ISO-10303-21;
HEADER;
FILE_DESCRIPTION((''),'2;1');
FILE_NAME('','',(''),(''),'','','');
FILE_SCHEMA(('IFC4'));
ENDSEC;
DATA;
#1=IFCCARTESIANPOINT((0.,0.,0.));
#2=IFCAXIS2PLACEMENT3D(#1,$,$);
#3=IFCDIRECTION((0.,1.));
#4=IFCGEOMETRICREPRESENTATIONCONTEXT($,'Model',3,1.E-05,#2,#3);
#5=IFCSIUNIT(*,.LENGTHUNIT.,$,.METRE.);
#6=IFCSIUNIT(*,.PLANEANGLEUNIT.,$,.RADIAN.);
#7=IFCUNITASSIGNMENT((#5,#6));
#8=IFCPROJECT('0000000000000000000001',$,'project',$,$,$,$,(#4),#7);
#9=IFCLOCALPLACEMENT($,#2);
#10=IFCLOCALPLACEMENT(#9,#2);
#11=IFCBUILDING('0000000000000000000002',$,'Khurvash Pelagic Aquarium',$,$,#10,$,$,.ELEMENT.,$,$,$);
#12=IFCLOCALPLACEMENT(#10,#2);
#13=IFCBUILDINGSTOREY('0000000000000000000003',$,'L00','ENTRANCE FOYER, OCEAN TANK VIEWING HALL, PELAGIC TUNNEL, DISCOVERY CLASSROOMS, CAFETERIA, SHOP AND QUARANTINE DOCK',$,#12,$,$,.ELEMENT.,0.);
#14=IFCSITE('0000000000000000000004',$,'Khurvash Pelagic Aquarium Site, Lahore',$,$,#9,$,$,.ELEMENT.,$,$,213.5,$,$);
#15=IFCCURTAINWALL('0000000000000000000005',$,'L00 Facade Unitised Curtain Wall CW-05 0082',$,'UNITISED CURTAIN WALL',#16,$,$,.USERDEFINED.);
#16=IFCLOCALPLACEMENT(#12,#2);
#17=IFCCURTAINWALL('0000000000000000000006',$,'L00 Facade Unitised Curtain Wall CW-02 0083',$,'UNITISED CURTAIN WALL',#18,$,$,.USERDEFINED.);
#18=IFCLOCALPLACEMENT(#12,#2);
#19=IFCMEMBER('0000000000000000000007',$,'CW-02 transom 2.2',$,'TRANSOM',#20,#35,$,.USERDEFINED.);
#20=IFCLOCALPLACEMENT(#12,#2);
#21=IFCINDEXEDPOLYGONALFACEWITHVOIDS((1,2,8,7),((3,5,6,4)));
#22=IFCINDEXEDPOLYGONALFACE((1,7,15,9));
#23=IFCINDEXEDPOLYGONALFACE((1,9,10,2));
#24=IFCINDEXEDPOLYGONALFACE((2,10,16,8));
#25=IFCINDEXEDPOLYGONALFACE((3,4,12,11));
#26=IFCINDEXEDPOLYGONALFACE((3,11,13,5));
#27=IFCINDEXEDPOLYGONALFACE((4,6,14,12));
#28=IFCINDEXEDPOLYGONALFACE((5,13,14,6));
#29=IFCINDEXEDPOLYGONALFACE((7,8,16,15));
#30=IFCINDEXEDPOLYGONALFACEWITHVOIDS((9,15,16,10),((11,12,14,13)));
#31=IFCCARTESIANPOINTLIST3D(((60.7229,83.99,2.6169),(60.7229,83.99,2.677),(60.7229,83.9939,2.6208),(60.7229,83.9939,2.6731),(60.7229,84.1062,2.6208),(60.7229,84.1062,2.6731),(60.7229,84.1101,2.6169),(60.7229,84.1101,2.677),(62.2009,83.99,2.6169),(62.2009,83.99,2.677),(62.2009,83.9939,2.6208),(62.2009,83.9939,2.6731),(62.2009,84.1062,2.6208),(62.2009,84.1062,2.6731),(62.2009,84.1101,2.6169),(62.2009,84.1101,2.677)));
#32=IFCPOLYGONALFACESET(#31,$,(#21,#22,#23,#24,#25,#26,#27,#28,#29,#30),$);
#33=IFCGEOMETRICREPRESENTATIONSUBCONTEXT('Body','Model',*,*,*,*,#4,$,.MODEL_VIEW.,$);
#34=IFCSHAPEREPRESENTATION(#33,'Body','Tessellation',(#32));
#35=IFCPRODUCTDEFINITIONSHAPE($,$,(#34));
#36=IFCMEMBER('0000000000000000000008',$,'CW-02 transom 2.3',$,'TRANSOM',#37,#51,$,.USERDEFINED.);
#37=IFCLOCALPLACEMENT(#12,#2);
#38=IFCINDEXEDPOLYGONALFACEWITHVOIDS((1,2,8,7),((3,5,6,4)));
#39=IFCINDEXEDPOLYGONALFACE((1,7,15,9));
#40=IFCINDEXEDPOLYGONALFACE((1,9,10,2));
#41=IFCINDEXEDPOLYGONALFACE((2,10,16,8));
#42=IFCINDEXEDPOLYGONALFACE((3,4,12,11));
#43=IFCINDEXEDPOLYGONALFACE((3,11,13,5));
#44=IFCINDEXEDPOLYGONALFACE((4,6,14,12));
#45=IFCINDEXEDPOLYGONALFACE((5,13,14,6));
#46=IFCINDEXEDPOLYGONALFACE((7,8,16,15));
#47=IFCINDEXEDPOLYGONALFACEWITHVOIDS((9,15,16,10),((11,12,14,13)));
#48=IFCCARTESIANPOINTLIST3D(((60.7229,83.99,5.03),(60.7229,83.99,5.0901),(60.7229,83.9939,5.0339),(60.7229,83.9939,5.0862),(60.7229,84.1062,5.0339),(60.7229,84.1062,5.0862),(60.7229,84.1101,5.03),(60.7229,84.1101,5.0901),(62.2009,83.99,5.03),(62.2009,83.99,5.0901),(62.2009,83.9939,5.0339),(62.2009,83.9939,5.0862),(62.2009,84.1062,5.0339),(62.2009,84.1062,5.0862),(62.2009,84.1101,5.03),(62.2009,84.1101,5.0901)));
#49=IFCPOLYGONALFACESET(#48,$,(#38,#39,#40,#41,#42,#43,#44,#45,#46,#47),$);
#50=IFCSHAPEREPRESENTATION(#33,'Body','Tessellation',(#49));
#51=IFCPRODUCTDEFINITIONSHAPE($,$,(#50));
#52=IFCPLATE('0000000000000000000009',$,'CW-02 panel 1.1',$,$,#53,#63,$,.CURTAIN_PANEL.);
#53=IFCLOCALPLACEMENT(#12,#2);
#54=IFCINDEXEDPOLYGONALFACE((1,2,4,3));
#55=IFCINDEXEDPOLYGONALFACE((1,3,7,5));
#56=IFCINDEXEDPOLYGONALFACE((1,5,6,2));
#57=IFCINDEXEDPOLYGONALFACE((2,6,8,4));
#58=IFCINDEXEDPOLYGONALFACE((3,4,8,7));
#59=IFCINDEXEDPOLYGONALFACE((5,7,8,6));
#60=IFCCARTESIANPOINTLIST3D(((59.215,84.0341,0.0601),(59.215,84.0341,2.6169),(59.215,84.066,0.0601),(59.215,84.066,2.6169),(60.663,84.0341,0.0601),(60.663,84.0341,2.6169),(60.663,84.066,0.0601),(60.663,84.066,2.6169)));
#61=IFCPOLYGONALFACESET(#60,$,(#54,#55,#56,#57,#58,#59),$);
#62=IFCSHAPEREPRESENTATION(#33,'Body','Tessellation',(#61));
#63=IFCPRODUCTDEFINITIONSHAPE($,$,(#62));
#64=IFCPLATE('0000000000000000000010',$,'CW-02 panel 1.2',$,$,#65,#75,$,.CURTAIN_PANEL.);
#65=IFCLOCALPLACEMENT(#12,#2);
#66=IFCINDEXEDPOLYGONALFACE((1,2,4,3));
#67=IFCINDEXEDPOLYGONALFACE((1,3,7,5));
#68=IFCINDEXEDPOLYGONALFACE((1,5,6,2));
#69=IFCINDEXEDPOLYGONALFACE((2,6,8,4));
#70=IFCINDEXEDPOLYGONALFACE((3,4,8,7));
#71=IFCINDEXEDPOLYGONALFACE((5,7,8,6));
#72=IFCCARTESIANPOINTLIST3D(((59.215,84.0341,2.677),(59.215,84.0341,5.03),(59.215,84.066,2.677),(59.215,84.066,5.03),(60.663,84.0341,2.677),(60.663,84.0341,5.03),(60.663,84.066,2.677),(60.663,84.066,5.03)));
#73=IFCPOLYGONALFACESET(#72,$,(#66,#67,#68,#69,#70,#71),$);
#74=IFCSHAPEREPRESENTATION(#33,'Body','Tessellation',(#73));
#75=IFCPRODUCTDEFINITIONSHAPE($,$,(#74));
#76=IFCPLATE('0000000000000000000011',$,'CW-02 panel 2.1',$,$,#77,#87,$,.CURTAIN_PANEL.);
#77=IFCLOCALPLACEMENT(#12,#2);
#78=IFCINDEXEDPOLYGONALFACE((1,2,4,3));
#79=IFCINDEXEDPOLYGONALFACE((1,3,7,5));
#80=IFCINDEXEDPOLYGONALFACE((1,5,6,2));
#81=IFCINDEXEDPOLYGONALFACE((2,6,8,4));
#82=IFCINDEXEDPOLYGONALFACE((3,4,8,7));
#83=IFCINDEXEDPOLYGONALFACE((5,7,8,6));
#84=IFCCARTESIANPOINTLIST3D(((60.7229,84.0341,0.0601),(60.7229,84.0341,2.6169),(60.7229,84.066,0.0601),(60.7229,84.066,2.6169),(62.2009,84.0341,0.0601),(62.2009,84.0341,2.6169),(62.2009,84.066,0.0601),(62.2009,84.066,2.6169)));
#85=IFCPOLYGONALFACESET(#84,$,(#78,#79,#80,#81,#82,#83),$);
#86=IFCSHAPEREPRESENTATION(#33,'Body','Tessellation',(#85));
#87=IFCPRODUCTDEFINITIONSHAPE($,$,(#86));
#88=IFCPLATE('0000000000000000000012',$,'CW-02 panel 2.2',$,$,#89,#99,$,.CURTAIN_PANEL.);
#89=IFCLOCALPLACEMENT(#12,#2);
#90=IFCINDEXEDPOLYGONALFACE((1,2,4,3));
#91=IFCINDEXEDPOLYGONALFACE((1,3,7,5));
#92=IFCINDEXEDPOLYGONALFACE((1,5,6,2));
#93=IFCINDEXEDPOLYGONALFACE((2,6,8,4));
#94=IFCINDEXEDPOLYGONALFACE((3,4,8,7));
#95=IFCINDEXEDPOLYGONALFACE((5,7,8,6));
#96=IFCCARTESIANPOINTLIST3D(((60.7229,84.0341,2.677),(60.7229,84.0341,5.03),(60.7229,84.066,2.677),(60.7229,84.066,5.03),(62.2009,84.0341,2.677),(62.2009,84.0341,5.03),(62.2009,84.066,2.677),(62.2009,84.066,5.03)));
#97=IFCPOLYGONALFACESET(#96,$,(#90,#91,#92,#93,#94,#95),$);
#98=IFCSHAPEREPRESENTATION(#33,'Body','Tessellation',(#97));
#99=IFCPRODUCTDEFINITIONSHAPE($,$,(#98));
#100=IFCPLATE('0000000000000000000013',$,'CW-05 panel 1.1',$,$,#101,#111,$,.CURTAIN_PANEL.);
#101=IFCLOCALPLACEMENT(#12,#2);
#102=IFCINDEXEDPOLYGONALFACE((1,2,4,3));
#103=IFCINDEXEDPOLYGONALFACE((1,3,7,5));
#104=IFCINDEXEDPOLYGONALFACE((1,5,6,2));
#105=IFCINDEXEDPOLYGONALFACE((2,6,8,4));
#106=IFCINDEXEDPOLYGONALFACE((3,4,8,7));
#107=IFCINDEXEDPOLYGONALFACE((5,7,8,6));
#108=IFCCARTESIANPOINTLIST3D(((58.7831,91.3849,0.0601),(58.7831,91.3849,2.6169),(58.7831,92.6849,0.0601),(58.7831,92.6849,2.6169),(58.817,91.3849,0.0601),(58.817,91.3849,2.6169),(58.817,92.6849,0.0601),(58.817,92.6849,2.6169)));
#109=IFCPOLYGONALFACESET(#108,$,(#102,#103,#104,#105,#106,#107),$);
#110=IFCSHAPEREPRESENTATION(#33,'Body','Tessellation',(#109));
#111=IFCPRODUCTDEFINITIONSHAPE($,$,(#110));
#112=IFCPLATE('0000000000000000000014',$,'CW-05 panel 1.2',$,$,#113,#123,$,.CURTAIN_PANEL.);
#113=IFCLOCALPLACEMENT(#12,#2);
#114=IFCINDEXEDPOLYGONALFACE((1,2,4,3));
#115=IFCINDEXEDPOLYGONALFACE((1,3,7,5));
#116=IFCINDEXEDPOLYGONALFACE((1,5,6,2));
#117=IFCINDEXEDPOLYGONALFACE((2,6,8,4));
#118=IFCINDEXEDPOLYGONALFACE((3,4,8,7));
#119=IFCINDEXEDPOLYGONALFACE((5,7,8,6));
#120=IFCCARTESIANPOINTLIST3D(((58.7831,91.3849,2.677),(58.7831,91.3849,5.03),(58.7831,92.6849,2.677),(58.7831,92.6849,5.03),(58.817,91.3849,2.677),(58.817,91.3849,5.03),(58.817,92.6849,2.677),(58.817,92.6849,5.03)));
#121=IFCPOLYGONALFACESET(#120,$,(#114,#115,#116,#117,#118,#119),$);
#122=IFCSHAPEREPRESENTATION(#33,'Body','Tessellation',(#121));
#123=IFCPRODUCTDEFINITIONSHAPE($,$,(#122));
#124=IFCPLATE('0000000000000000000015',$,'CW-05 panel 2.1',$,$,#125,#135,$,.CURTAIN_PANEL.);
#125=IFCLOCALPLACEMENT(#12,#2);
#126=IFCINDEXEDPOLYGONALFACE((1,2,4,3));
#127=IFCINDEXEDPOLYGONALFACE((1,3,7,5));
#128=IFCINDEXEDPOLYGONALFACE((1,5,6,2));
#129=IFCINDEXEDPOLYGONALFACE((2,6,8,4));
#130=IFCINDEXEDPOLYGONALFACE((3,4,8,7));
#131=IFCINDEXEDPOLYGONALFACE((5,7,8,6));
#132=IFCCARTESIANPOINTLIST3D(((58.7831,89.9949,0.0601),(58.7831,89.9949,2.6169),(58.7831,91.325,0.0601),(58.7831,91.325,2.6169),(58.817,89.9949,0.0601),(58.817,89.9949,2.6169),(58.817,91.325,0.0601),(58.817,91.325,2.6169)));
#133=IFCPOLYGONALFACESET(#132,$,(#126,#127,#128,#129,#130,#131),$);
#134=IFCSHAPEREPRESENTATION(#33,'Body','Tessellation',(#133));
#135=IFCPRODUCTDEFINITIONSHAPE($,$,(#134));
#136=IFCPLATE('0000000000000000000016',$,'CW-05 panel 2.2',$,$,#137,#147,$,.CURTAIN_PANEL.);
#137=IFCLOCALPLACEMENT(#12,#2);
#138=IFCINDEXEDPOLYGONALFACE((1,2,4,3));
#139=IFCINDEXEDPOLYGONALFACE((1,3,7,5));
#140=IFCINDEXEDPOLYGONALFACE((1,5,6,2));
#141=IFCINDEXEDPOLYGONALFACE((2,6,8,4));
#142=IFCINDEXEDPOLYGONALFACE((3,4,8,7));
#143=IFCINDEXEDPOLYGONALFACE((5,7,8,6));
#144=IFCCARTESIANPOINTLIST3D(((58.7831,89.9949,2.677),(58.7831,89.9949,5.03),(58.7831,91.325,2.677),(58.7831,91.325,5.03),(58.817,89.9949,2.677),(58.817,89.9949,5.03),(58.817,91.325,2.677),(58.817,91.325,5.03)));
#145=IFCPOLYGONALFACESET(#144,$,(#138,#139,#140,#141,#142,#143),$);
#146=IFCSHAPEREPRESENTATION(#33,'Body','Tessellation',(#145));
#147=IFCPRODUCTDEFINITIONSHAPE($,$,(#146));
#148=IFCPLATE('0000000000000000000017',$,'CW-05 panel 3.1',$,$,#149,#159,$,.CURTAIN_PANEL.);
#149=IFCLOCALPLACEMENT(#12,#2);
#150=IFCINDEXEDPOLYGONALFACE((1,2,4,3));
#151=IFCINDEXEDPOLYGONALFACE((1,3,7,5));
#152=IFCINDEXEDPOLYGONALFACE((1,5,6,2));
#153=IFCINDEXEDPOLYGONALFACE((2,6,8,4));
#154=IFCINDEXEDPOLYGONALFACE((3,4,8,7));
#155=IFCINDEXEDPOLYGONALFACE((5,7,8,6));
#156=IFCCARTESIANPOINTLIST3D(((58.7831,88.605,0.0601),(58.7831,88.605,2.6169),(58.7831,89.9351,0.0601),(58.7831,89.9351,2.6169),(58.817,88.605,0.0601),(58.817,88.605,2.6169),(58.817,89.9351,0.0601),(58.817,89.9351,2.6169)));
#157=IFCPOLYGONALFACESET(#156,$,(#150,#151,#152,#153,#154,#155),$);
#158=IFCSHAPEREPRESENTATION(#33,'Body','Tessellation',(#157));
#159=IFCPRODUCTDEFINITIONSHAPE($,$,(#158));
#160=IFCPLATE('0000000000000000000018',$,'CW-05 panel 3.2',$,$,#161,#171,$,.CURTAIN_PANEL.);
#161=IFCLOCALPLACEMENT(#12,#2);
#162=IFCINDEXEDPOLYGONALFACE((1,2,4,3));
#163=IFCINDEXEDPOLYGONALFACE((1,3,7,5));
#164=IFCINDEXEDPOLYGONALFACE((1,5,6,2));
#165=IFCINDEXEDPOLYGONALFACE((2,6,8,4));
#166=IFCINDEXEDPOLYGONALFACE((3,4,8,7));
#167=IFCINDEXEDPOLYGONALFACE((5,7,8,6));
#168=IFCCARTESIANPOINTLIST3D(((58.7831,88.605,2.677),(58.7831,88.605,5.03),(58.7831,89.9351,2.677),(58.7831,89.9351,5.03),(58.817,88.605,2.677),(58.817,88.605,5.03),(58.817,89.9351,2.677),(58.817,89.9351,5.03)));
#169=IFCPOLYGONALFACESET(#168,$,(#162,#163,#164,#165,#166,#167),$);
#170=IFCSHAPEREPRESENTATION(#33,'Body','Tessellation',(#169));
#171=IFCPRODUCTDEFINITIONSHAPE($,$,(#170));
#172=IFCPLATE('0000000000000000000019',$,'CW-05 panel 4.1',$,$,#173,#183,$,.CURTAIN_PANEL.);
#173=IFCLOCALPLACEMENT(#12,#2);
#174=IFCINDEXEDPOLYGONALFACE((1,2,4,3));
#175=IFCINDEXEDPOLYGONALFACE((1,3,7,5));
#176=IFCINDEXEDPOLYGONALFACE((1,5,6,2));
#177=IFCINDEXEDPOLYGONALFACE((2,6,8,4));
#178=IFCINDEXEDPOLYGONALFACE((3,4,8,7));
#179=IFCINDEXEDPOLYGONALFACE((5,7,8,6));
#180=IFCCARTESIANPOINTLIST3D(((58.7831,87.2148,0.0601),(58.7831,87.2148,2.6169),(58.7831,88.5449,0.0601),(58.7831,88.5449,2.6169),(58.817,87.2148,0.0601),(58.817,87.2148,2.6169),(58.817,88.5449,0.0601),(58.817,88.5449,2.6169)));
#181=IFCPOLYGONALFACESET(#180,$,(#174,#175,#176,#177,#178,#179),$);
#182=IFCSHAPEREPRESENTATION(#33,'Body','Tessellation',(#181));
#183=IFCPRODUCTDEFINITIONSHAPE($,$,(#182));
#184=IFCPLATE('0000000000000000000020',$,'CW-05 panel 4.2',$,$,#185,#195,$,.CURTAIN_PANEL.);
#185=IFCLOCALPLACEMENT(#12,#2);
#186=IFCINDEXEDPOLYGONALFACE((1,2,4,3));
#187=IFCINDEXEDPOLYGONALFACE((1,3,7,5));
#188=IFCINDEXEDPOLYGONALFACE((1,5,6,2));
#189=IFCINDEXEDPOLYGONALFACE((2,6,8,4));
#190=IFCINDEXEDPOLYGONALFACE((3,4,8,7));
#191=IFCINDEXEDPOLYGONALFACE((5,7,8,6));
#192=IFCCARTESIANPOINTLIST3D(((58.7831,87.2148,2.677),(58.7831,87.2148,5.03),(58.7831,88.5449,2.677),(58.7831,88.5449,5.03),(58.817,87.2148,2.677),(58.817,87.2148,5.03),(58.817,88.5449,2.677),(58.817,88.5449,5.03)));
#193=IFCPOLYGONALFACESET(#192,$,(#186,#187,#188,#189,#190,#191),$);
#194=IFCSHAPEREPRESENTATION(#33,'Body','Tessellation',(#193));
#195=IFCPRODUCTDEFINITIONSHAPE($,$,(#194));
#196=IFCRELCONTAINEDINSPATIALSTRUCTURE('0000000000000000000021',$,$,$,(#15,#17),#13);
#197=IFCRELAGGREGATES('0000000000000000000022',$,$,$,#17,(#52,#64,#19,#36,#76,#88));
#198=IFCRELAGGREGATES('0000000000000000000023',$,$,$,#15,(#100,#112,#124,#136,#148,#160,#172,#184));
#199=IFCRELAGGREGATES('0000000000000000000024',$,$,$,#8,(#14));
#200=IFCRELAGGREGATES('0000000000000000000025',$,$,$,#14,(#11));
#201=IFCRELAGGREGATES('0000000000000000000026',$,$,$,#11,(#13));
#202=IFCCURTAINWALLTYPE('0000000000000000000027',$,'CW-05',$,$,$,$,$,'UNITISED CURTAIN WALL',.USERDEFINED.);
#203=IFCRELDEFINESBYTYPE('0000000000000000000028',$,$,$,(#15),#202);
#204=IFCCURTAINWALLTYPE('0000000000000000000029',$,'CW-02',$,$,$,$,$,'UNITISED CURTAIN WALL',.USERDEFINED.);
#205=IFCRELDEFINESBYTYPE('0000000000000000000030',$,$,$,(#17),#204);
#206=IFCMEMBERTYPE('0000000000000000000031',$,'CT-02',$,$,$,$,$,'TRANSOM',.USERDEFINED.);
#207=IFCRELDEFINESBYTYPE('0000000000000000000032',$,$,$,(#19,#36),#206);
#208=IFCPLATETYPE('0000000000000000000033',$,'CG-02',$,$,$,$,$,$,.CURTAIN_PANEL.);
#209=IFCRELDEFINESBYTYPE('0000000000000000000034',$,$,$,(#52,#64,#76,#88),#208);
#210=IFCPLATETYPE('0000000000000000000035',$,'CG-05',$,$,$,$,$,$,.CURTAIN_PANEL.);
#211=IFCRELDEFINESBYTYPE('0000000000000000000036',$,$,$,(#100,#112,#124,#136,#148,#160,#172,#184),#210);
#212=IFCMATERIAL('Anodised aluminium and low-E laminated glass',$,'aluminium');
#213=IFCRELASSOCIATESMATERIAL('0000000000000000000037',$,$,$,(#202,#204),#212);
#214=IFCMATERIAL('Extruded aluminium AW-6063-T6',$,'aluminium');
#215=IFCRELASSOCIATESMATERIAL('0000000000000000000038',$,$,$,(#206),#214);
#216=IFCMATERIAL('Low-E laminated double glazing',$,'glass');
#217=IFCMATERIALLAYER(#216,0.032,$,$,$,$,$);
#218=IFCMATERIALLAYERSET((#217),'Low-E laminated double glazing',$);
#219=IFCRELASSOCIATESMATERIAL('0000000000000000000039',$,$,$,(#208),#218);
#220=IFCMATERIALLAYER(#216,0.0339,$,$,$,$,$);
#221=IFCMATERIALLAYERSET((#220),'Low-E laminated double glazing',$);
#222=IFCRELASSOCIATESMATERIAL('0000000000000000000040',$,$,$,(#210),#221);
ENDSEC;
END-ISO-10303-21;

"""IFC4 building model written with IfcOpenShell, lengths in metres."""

from ifc_helpers import new_model, si_unit, direction, frame, origin, origin_2d, place, context, subcontext, project, spatial, rectangle, hollow_rectangle, extrude, material, layer, layer_set, material_profile, profile_set, type_object, element, aggregate, save


model = new_model("IFC4")

# Units and contexts
model_context = context("Model", 3, precision=1e-05, world=origin(), true_north=direction((0.0, 1.0)))
body_context = subcontext(model_context, "Body", "Model", "MODEL_VIEW")
ifc_project = project(units=[si_unit("LENGTHUNIT", "METRE"), si_unit("PLANEANGLEUNIT", "RADIAN")], contexts=[model_context])

# Site, building, storey
site_placement = place(None, origin())
site = spatial("IfcSite", under=ifc_project, at=site_placement, Name="Khurvash Pelagic Aquarium Site, Lahore", CompositionType="ELEMENT", RefElevation=213.5)
building_placement = place(site_placement, origin())
building = spatial("IfcBuilding", under=site, at=building_placement, Name="Khurvash Pelagic Aquarium", CompositionType="ELEMENT")
storey_placement = place(building_placement, origin())
storey = spatial("IfcBuildingStorey", under=building, at=storey_placement, Name="L00", Description="ENTRANCE FOYER, OCEAN TANK VIEWING HALL, PELAGIC TUNNEL, DISCOVERY CLASSROOMS, CAFETERIA, SHOP AND QUARANTINE DOCK", CompositionType="ELEMENT", Elevation=0.0)

# Curtain walls
ifc_material_1 = material(Name="Anodised aluminium and low-E laminated glass", Category="aluminium")
curtain_wall_type_1 = type_object("IfcCurtainWallType", Name="CW-05", ElementType="UNITISED CURTAIN WALL", PredefinedType="USERDEFINED", material=ifc_material_1)
curtain_wall_1_placement = place(storey_placement, origin())
curtain_wall_1 = element("IfcCurtainWall", 1, at=curtain_wall_1_placement, inside=storey, type_object=curtain_wall_type_1, Name="L00 Facade Unitised Curtain Wall CW-05 0082", ObjectType="UNITISED CURTAIN WALL", PredefinedType="USERDEFINED")
ifc_material_2 = material(Name="Extruded aluminium AW-6063-T6", Category="aluminium")
curtain_wall_type_2 = type_object("IfcCurtainWallType", Name="CW-02", ElementType="UNITISED CURTAIN WALL", PredefinedType="USERDEFINED", material=ifc_material_1)
curtain_wall_2_placement = place(storey_placement, origin())
curtain_wall_2 = element("IfcCurtainWall", 2, at=curtain_wall_2_placement, inside=storey, type_object=curtain_wall_type_2, Name="L00 Facade Unitised Curtain Wall CW-02 0083", ObjectType="UNITISED CURTAIN WALL", PredefinedType="USERDEFINED")

# Members
ifc_material_profile_1 = material_profile(ifc_material_2, hollow_rectangle(XDim=0.1201, YDim=0.0601, WallThickness=0.0039, at=origin_2d()), Name="CWT120X60X4")
ifc_profile_set_1 = profile_set([ifc_material_profile_1], Name="Extruded aluminium AW-6063-T6")
member_type_1 = type_object("IfcMemberType", Name="CT-02", ElementType="TRANSOM", PredefinedType="USERDEFINED", material=ifc_profile_set_1)
member_1_placement = place(storey_placement, frame((60.7229, 84.05, 2.647), z_axis=(1.0, 0.0, 0.0), x_axis=(0.0, 1.0, 0.0)))
member_1 = element("IfcMember", 3, at=member_1_placement, type_object=member_type_1, Name="CW-02 transom 2.2", ObjectType="TRANSOM", PredefinedType="USERDEFINED", context=body_context, shape_type="SweptSolid", body=[
    extrude(hollow_rectangle(XDim=0.1201, YDim=0.0601, WallThickness=0.0039, at=origin_2d()), origin(), (0.0, 0.0, 1.0), 1.478),
])
member_2_placement = place(storey_placement, frame((60.7229, 84.05, 5.0601), z_axis=(1.0, 0.0, 0.0), x_axis=(0.0, 1.0, 0.0)))
member_2 = element("IfcMember", 4, at=member_2_placement, type_object=member_type_1, Name="CW-02 transom 2.3", ObjectType="TRANSOM", PredefinedType="USERDEFINED", context=body_context, shape_type="SweptSolid", body=[
    extrude(hollow_rectangle(XDim=0.1201, YDim=0.0601, WallThickness=0.0039, at=origin_2d()), origin(), (0.0, 0.0, 1.0), 1.478),
])

# Plates
ifc_material_3 = material(Name="Low-E laminated double glazing", Category="glass")
ifc_layer_1 = layer(ifc_material_3, 0.032)
ifc_layer_set_1 = layer_set([ifc_layer_1], Name="Low-E laminated double glazing")
plate_type_1 = type_object("IfcPlateType", Name="CG-02", PredefinedType="CURTAIN_PANEL", material=ifc_layer_set_1)
plate_1_placement = place(storey_placement, frame((59.939, 84.05, 0.0601), z_axis=(0.0, 0.0, 1.0), x_axis=(1.0, 0.0, 0.0)))
plate_1 = element("IfcPlate", 5, at=plate_1_placement, type_object=plate_type_1, Name="CW-02 panel 1.1", PredefinedType="CURTAIN_PANEL", context=body_context, shape_type="SweptSolid", body=[
    extrude(rectangle(XDim=1.448, YDim=0.032, at=origin_2d()), origin(), (0.0, 0.0, 1.0), 2.5569),
])
plate_2_placement = place(storey_placement, frame((59.939, 84.05, 2.677), z_axis=(0.0, 0.0, 1.0), x_axis=(1.0, 0.0, 0.0)))
plate_2 = element("IfcPlate", 6, at=plate_2_placement, type_object=plate_type_1, Name="CW-02 panel 1.2", PredefinedType="CURTAIN_PANEL", context=body_context, shape_type="SweptSolid", body=[
    extrude(rectangle(XDim=1.448, YDim=0.032, at=origin_2d()), origin(), (0.0, 0.0, 1.0), 2.353),
])
plate_3_placement = place(storey_placement, frame((61.4619, 84.05, 0.0601), z_axis=(0.0, 0.0, 1.0), x_axis=(1.0, 0.0, 0.0)))
plate_3 = element("IfcPlate", 7, at=plate_3_placement, type_object=plate_type_1, Name="CW-02 panel 2.1", PredefinedType="CURTAIN_PANEL", context=body_context, shape_type="SweptSolid", body=[
    extrude(rectangle(XDim=1.478, YDim=0.032, at=origin_2d()), origin(), (0.0, 0.0, 1.0), 2.5569),
])
plate_4_placement = place(storey_placement, frame((61.4619, 84.05, 2.677), z_axis=(0.0, 0.0, 1.0), x_axis=(1.0, 0.0, 0.0)))
plate_4 = element("IfcPlate", 8, at=plate_4_placement, type_object=plate_type_1, Name="CW-02 panel 2.2", PredefinedType="CURTAIN_PANEL", context=body_context, shape_type="SweptSolid", body=[
    extrude(rectangle(XDim=1.478, YDim=0.032, at=origin_2d()), origin(), (0.0, 0.0, 1.0), 2.353),
])
aggregate(curtain_wall_2, [plate_1, plate_2, member_1, member_2, plate_3, plate_4])
ifc_layer_2 = layer(ifc_material_3, 0.0339)
ifc_layer_set_2 = layer_set([ifc_layer_2], Name="Low-E laminated double glazing")
plate_type_2 = type_object("IfcPlateType", Name="CG-05", PredefinedType="CURTAIN_PANEL", material=ifc_layer_set_2)
plate_5_placement = place(storey_placement, frame((58.8, 92.0349, 0.0601), z_axis=(0.0, 0.0, 1.0), x_axis=(0.0, -1.0, 0.0)))
plate_5 = element("IfcPlate", 9, at=plate_5_placement, type_object=plate_type_2, Name="CW-05 panel 1.1", PredefinedType="CURTAIN_PANEL", context=body_context, shape_type="SweptSolid", body=[
    extrude(rectangle(XDim=1.3, YDim=0.0339, at=origin_2d()), origin(), (0.0, 0.0, 1.0), 2.5569),
])
plate_6_placement = place(storey_placement, frame((58.8, 92.0349, 2.677), z_axis=(0.0, 0.0, 1.0), x_axis=(0.0, -1.0, 0.0)))
plate_6 = element("IfcPlate", 10, at=plate_6_placement, type_object=plate_type_2, Name="CW-05 panel 1.2", PredefinedType="CURTAIN_PANEL", context=body_context, shape_type="SweptSolid", body=[
    extrude(rectangle(XDim=1.3, YDim=0.0339, at=origin_2d()), origin(), (0.0, 0.0, 1.0), 2.353),
])
plate_7_placement = place(storey_placement, frame((58.8, 90.6599, 0.0601), z_axis=(0.0, 0.0, 1.0), x_axis=(0.0, -1.0, 0.0)))
plate_7 = element("IfcPlate", 11, at=plate_7_placement, type_object=plate_type_2, Name="CW-05 panel 2.1", PredefinedType="CURTAIN_PANEL", context=body_context, shape_type="SweptSolid", body=[
    extrude(rectangle(XDim=1.3301, YDim=0.0339, at=origin_2d()), origin(), (0.0, 0.0, 1.0), 2.5569),
])
plate_8_placement = place(storey_placement, frame((58.8, 90.6599, 2.677), z_axis=(0.0, 0.0, 1.0), x_axis=(0.0, -1.0, 0.0)))
plate_8 = element("IfcPlate", 12, at=plate_8_placement, type_object=plate_type_2, Name="CW-05 panel 2.2", PredefinedType="CURTAIN_PANEL", context=body_context, shape_type="SweptSolid", body=[
    extrude(rectangle(XDim=1.3301, YDim=0.0339, at=origin_2d()), origin(), (0.0, 0.0, 1.0), 2.353),
])
plate_9_placement = place(storey_placement, frame((58.8, 89.27, 0.0601), z_axis=(0.0, 0.0, 1.0), x_axis=(0.0, -1.0, 0.0)))
plate_9 = element("IfcPlate", 13, at=plate_9_placement, type_object=plate_type_2, Name="CW-05 panel 3.1", PredefinedType="CURTAIN_PANEL", context=body_context, shape_type="SweptSolid", body=[
    extrude(rectangle(XDim=1.3301, YDim=0.0339, at=origin_2d()), origin(), (0.0, 0.0, 1.0), 2.5569),
])
plate_10_placement = place(storey_placement, frame((58.8, 89.27, 2.677), z_axis=(0.0, 0.0, 1.0), x_axis=(0.0, -1.0, 0.0)))
plate_10 = element("IfcPlate", 14, at=plate_10_placement, type_object=plate_type_2, Name="CW-05 panel 3.2", PredefinedType="CURTAIN_PANEL", context=body_context, shape_type="SweptSolid", body=[
    extrude(rectangle(XDim=1.3301, YDim=0.0339, at=origin_2d()), origin(), (0.0, 0.0, 1.0), 2.353),
])
plate_11_placement = place(storey_placement, frame((58.8, 87.8799, 0.0601), z_axis=(0.0, 0.0, 1.0), x_axis=(0.0, -1.0, 0.0)))
plate_11 = element("IfcPlate", 15, at=plate_11_placement, type_object=plate_type_2, Name="CW-05 panel 4.1", PredefinedType="CURTAIN_PANEL", context=body_context, shape_type="SweptSolid", body=[
    extrude(rectangle(XDim=1.3301, YDim=0.0339, at=origin_2d()), origin(), (0.0, 0.0, 1.0), 2.5569),
])
plate_12_placement = place(storey_placement, frame((58.8, 87.8799, 2.677), z_axis=(0.0, 0.0, 1.0), x_axis=(0.0, -1.0, 0.0)))
plate_12 = element("IfcPlate", 16, at=plate_12_placement, type_object=plate_type_2, Name="CW-05 panel 4.2", PredefinedType="CURTAIN_PANEL", context=body_context, shape_type="SweptSolid", body=[
    extrude(rectangle(XDim=1.3301, YDim=0.0339, at=origin_2d()), origin(), (0.0, 0.0, 1.0), 2.353),
])
aggregate(curtain_wall_1, [plate_5, plate_6, plate_7, plate_8, plate_9, plate_10, plate_11, plate_12])

save(model, "model.ifc")
